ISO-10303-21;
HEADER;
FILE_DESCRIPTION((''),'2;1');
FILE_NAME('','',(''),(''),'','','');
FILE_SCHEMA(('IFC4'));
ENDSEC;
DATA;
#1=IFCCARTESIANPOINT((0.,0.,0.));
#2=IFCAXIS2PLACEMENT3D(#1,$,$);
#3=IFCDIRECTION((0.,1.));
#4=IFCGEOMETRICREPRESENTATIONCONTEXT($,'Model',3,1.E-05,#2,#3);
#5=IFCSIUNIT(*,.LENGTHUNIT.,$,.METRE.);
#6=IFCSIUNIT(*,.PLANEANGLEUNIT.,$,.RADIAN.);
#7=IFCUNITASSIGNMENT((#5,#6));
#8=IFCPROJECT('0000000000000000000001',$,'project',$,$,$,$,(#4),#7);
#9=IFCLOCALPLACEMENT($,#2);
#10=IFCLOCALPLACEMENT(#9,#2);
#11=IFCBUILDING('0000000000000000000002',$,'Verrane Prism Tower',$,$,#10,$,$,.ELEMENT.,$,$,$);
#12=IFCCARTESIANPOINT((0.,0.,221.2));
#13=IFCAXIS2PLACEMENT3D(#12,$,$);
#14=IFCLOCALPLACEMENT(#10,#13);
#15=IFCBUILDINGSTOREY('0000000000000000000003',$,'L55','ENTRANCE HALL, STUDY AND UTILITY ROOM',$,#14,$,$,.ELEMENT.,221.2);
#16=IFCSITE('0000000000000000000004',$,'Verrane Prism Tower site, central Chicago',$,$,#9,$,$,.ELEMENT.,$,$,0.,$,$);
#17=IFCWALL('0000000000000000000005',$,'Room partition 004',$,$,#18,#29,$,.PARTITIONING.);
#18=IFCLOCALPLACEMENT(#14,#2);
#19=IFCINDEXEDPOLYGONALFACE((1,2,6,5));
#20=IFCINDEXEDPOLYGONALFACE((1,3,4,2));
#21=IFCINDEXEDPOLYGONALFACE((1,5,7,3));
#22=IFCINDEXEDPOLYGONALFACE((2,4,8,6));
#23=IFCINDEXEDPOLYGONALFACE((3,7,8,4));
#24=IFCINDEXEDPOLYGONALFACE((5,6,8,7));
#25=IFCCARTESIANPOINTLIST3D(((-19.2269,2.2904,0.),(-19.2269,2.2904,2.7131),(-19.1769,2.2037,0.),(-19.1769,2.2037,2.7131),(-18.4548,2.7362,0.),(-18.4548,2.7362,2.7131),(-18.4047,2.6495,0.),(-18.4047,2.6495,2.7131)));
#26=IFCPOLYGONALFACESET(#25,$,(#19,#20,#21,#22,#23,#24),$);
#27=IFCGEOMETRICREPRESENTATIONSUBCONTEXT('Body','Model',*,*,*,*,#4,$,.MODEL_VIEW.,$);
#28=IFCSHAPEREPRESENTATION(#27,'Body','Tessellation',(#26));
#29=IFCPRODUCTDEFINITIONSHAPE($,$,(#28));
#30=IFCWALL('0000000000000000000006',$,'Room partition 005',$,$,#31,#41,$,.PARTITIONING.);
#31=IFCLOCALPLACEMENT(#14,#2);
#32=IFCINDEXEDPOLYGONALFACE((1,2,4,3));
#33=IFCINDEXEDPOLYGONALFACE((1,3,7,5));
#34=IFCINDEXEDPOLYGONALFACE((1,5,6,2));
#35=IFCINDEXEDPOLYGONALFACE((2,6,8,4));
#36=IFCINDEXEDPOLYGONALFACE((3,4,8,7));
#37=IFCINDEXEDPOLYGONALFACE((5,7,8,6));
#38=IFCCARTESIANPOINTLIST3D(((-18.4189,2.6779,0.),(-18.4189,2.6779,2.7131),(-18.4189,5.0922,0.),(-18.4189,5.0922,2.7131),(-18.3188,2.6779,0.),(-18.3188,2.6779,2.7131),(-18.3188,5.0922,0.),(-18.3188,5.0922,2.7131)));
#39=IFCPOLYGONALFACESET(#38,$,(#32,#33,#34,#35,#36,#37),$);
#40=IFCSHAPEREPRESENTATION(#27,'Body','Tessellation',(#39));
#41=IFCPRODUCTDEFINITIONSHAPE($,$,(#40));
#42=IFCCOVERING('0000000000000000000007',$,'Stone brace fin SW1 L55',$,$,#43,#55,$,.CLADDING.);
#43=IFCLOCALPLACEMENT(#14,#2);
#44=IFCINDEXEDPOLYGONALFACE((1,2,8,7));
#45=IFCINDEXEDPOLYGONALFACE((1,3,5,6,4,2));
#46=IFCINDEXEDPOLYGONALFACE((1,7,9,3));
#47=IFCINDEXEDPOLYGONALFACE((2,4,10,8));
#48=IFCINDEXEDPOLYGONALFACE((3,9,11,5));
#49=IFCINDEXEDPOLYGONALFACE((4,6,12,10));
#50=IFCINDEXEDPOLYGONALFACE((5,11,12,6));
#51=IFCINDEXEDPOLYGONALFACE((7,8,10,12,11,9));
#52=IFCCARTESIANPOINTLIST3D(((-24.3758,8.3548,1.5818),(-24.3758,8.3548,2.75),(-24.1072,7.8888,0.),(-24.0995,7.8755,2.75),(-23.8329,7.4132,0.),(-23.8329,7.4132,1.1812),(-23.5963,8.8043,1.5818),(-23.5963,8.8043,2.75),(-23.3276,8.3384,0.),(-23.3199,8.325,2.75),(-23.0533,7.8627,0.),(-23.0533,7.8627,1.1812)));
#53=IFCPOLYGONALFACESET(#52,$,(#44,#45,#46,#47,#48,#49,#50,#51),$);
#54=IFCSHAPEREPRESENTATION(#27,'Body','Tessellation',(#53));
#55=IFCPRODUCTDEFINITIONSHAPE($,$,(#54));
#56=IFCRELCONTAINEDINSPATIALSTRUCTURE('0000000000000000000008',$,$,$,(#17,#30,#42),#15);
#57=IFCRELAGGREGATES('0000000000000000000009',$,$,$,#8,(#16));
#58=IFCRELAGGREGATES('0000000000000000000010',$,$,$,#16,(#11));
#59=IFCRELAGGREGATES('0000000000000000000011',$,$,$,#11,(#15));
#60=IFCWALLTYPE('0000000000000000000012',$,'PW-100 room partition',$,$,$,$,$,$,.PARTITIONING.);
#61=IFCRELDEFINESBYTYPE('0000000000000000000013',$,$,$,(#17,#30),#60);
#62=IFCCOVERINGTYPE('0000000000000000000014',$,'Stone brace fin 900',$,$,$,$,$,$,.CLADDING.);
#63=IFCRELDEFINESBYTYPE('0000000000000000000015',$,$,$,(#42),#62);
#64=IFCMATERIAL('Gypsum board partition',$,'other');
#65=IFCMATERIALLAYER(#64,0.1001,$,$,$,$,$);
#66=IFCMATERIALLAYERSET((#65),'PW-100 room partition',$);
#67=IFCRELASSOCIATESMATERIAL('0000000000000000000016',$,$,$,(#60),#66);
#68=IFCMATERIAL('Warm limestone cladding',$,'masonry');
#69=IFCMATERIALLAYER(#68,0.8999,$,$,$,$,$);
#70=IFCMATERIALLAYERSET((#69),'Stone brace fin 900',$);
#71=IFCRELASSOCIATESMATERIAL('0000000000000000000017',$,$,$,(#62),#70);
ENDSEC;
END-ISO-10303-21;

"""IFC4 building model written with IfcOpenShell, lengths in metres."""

from ifc_helpers import new_model, si_unit, direction, frame, frame_2d, origin, place, context, subcontext, project, spatial, polyline, rectangle, outline, extrude, material, layer, layer_set, type_object, element, save


model = new_model("IFC4")

# Units and contexts
model_context = context("Model", 3, precision=1e-05, world=origin(), true_north=direction((0.0, 1.0)))
body_context = subcontext(model_context, "Body", "Model", "MODEL_VIEW")
ifc_project = project(units=[si_unit("LENGTHUNIT", "METRE"), si_unit("PLANEANGLEUNIT", "RADIAN")], contexts=[model_context])

# Site, building, storey
site_placement = place(None, origin())
site = spatial("IfcSite", under=ifc_project, at=site_placement, Name="Verrane Prism Tower site, central Chicago", CompositionType="ELEMENT", RefElevation=0.0)
building_placement = place(site_placement, origin())
building = spatial("IfcBuilding", under=site, at=building_placement, Name="Verrane Prism Tower", CompositionType="ELEMENT")
storey_placement = place(building_placement, frame((0.0, 0.0, 221.2)))
storey = spatial("IfcBuildingStorey", under=building, at=storey_placement, Name="L55", Description="ENTRANCE HALL, STUDY AND UTILITY ROOM", CompositionType="ELEMENT", Elevation=221.2)

# Shared definitions
ifc_material_1 = material(Name="Gypsum board partition", Category="other")
ifc_layer_1 = layer(ifc_material_1, 0.1001)
ifc_layer_set_1 = layer_set([ifc_layer_1], Name="PW-100 room partition")
wall_type_1 = type_object("IfcWallType", Name="PW-100 room partition", PredefinedType="PARTITIONING", material=ifc_layer_set_1)

# Walls
wall_1_placement = place(storey_placement, frame((-19.2019, 2.2471, 0.0), z_axis=(0.0, 0.0, 1.0), x_axis=(0.866044, 0.499967, 0.0)))
element("IfcWall", 1, at=wall_1_placement, inside=storey, type_object=wall_type_1, Name="Room partition 004", PredefinedType="PARTITIONING", context=body_context, shape_type="SweptSolid", body=[
    extrude(rectangle(XDim=0.8916, YDim=0.1001, at=frame_2d((0.4458, 0.0))), origin(), (0.0, 0.0, 1.0), 2.7131),
])
wall_2_placement = place(storey_placement, frame((-18.3689, 2.678, 0.0), z_axis=(0.0, 0.0, 1.0), x_axis=(0.0, 1.0, 0.0)))
element("IfcWall", 2, at=wall_2_placement, inside=storey, type_object=wall_type_1, Name="Room partition 005", PredefinedType="PARTITIONING", context=body_context, shape_type="SweptSolid", body=[
    extrude(rectangle(XDim=2.4143, YDim=0.1001, at=frame_2d((1.207, 0.0))), origin(), (0.0, 0.0, 1.0), 2.7131),
])

# Covering
ifc_material_2 = material(Name="Warm limestone cladding", Category="masonry")
ifc_layer_2 = layer(ifc_material_2, 0.8999)
ifc_layer_set_2 = layer_set([ifc_layer_2], Name="Stone brace fin 900")
covering_type = type_object("IfcCoveringType", Name="Stone brace fin 900", PredefinedType="CLADDING", material=ifc_layer_set_2)
covering_placement = place(storey_placement, frame((-23.4431, 7.6379, 0.0), z_axis=(0.0, 0.0, 1.0), x_axis=(-0.499522, 0.866301, 0.0)))
element("IfcCovering", 3, at=covering_placement, inside=storey, type_object=covering_type, Name="Stone brace fin SW1 L55", PredefinedType="CLADDING", context=body_context, shape_type="SweptSolid", body=[
    extrude(outline(polyline([(1.0869, 2.75), (0.5337, 2.75), (0.0, 1.1812), (0.0, 0.0), (0.5491, 0.0), (1.0869, 1.5818), (1.0869, 2.75)])), frame((0.0, 0.45, 0.0), z_axis=(0.0, -1.0, 0.0), x_axis=(1.0, 0.0, 0.0)), (0.0, 0.0, 1.0), 0.8999),
])

save(model, "model.ifc")
